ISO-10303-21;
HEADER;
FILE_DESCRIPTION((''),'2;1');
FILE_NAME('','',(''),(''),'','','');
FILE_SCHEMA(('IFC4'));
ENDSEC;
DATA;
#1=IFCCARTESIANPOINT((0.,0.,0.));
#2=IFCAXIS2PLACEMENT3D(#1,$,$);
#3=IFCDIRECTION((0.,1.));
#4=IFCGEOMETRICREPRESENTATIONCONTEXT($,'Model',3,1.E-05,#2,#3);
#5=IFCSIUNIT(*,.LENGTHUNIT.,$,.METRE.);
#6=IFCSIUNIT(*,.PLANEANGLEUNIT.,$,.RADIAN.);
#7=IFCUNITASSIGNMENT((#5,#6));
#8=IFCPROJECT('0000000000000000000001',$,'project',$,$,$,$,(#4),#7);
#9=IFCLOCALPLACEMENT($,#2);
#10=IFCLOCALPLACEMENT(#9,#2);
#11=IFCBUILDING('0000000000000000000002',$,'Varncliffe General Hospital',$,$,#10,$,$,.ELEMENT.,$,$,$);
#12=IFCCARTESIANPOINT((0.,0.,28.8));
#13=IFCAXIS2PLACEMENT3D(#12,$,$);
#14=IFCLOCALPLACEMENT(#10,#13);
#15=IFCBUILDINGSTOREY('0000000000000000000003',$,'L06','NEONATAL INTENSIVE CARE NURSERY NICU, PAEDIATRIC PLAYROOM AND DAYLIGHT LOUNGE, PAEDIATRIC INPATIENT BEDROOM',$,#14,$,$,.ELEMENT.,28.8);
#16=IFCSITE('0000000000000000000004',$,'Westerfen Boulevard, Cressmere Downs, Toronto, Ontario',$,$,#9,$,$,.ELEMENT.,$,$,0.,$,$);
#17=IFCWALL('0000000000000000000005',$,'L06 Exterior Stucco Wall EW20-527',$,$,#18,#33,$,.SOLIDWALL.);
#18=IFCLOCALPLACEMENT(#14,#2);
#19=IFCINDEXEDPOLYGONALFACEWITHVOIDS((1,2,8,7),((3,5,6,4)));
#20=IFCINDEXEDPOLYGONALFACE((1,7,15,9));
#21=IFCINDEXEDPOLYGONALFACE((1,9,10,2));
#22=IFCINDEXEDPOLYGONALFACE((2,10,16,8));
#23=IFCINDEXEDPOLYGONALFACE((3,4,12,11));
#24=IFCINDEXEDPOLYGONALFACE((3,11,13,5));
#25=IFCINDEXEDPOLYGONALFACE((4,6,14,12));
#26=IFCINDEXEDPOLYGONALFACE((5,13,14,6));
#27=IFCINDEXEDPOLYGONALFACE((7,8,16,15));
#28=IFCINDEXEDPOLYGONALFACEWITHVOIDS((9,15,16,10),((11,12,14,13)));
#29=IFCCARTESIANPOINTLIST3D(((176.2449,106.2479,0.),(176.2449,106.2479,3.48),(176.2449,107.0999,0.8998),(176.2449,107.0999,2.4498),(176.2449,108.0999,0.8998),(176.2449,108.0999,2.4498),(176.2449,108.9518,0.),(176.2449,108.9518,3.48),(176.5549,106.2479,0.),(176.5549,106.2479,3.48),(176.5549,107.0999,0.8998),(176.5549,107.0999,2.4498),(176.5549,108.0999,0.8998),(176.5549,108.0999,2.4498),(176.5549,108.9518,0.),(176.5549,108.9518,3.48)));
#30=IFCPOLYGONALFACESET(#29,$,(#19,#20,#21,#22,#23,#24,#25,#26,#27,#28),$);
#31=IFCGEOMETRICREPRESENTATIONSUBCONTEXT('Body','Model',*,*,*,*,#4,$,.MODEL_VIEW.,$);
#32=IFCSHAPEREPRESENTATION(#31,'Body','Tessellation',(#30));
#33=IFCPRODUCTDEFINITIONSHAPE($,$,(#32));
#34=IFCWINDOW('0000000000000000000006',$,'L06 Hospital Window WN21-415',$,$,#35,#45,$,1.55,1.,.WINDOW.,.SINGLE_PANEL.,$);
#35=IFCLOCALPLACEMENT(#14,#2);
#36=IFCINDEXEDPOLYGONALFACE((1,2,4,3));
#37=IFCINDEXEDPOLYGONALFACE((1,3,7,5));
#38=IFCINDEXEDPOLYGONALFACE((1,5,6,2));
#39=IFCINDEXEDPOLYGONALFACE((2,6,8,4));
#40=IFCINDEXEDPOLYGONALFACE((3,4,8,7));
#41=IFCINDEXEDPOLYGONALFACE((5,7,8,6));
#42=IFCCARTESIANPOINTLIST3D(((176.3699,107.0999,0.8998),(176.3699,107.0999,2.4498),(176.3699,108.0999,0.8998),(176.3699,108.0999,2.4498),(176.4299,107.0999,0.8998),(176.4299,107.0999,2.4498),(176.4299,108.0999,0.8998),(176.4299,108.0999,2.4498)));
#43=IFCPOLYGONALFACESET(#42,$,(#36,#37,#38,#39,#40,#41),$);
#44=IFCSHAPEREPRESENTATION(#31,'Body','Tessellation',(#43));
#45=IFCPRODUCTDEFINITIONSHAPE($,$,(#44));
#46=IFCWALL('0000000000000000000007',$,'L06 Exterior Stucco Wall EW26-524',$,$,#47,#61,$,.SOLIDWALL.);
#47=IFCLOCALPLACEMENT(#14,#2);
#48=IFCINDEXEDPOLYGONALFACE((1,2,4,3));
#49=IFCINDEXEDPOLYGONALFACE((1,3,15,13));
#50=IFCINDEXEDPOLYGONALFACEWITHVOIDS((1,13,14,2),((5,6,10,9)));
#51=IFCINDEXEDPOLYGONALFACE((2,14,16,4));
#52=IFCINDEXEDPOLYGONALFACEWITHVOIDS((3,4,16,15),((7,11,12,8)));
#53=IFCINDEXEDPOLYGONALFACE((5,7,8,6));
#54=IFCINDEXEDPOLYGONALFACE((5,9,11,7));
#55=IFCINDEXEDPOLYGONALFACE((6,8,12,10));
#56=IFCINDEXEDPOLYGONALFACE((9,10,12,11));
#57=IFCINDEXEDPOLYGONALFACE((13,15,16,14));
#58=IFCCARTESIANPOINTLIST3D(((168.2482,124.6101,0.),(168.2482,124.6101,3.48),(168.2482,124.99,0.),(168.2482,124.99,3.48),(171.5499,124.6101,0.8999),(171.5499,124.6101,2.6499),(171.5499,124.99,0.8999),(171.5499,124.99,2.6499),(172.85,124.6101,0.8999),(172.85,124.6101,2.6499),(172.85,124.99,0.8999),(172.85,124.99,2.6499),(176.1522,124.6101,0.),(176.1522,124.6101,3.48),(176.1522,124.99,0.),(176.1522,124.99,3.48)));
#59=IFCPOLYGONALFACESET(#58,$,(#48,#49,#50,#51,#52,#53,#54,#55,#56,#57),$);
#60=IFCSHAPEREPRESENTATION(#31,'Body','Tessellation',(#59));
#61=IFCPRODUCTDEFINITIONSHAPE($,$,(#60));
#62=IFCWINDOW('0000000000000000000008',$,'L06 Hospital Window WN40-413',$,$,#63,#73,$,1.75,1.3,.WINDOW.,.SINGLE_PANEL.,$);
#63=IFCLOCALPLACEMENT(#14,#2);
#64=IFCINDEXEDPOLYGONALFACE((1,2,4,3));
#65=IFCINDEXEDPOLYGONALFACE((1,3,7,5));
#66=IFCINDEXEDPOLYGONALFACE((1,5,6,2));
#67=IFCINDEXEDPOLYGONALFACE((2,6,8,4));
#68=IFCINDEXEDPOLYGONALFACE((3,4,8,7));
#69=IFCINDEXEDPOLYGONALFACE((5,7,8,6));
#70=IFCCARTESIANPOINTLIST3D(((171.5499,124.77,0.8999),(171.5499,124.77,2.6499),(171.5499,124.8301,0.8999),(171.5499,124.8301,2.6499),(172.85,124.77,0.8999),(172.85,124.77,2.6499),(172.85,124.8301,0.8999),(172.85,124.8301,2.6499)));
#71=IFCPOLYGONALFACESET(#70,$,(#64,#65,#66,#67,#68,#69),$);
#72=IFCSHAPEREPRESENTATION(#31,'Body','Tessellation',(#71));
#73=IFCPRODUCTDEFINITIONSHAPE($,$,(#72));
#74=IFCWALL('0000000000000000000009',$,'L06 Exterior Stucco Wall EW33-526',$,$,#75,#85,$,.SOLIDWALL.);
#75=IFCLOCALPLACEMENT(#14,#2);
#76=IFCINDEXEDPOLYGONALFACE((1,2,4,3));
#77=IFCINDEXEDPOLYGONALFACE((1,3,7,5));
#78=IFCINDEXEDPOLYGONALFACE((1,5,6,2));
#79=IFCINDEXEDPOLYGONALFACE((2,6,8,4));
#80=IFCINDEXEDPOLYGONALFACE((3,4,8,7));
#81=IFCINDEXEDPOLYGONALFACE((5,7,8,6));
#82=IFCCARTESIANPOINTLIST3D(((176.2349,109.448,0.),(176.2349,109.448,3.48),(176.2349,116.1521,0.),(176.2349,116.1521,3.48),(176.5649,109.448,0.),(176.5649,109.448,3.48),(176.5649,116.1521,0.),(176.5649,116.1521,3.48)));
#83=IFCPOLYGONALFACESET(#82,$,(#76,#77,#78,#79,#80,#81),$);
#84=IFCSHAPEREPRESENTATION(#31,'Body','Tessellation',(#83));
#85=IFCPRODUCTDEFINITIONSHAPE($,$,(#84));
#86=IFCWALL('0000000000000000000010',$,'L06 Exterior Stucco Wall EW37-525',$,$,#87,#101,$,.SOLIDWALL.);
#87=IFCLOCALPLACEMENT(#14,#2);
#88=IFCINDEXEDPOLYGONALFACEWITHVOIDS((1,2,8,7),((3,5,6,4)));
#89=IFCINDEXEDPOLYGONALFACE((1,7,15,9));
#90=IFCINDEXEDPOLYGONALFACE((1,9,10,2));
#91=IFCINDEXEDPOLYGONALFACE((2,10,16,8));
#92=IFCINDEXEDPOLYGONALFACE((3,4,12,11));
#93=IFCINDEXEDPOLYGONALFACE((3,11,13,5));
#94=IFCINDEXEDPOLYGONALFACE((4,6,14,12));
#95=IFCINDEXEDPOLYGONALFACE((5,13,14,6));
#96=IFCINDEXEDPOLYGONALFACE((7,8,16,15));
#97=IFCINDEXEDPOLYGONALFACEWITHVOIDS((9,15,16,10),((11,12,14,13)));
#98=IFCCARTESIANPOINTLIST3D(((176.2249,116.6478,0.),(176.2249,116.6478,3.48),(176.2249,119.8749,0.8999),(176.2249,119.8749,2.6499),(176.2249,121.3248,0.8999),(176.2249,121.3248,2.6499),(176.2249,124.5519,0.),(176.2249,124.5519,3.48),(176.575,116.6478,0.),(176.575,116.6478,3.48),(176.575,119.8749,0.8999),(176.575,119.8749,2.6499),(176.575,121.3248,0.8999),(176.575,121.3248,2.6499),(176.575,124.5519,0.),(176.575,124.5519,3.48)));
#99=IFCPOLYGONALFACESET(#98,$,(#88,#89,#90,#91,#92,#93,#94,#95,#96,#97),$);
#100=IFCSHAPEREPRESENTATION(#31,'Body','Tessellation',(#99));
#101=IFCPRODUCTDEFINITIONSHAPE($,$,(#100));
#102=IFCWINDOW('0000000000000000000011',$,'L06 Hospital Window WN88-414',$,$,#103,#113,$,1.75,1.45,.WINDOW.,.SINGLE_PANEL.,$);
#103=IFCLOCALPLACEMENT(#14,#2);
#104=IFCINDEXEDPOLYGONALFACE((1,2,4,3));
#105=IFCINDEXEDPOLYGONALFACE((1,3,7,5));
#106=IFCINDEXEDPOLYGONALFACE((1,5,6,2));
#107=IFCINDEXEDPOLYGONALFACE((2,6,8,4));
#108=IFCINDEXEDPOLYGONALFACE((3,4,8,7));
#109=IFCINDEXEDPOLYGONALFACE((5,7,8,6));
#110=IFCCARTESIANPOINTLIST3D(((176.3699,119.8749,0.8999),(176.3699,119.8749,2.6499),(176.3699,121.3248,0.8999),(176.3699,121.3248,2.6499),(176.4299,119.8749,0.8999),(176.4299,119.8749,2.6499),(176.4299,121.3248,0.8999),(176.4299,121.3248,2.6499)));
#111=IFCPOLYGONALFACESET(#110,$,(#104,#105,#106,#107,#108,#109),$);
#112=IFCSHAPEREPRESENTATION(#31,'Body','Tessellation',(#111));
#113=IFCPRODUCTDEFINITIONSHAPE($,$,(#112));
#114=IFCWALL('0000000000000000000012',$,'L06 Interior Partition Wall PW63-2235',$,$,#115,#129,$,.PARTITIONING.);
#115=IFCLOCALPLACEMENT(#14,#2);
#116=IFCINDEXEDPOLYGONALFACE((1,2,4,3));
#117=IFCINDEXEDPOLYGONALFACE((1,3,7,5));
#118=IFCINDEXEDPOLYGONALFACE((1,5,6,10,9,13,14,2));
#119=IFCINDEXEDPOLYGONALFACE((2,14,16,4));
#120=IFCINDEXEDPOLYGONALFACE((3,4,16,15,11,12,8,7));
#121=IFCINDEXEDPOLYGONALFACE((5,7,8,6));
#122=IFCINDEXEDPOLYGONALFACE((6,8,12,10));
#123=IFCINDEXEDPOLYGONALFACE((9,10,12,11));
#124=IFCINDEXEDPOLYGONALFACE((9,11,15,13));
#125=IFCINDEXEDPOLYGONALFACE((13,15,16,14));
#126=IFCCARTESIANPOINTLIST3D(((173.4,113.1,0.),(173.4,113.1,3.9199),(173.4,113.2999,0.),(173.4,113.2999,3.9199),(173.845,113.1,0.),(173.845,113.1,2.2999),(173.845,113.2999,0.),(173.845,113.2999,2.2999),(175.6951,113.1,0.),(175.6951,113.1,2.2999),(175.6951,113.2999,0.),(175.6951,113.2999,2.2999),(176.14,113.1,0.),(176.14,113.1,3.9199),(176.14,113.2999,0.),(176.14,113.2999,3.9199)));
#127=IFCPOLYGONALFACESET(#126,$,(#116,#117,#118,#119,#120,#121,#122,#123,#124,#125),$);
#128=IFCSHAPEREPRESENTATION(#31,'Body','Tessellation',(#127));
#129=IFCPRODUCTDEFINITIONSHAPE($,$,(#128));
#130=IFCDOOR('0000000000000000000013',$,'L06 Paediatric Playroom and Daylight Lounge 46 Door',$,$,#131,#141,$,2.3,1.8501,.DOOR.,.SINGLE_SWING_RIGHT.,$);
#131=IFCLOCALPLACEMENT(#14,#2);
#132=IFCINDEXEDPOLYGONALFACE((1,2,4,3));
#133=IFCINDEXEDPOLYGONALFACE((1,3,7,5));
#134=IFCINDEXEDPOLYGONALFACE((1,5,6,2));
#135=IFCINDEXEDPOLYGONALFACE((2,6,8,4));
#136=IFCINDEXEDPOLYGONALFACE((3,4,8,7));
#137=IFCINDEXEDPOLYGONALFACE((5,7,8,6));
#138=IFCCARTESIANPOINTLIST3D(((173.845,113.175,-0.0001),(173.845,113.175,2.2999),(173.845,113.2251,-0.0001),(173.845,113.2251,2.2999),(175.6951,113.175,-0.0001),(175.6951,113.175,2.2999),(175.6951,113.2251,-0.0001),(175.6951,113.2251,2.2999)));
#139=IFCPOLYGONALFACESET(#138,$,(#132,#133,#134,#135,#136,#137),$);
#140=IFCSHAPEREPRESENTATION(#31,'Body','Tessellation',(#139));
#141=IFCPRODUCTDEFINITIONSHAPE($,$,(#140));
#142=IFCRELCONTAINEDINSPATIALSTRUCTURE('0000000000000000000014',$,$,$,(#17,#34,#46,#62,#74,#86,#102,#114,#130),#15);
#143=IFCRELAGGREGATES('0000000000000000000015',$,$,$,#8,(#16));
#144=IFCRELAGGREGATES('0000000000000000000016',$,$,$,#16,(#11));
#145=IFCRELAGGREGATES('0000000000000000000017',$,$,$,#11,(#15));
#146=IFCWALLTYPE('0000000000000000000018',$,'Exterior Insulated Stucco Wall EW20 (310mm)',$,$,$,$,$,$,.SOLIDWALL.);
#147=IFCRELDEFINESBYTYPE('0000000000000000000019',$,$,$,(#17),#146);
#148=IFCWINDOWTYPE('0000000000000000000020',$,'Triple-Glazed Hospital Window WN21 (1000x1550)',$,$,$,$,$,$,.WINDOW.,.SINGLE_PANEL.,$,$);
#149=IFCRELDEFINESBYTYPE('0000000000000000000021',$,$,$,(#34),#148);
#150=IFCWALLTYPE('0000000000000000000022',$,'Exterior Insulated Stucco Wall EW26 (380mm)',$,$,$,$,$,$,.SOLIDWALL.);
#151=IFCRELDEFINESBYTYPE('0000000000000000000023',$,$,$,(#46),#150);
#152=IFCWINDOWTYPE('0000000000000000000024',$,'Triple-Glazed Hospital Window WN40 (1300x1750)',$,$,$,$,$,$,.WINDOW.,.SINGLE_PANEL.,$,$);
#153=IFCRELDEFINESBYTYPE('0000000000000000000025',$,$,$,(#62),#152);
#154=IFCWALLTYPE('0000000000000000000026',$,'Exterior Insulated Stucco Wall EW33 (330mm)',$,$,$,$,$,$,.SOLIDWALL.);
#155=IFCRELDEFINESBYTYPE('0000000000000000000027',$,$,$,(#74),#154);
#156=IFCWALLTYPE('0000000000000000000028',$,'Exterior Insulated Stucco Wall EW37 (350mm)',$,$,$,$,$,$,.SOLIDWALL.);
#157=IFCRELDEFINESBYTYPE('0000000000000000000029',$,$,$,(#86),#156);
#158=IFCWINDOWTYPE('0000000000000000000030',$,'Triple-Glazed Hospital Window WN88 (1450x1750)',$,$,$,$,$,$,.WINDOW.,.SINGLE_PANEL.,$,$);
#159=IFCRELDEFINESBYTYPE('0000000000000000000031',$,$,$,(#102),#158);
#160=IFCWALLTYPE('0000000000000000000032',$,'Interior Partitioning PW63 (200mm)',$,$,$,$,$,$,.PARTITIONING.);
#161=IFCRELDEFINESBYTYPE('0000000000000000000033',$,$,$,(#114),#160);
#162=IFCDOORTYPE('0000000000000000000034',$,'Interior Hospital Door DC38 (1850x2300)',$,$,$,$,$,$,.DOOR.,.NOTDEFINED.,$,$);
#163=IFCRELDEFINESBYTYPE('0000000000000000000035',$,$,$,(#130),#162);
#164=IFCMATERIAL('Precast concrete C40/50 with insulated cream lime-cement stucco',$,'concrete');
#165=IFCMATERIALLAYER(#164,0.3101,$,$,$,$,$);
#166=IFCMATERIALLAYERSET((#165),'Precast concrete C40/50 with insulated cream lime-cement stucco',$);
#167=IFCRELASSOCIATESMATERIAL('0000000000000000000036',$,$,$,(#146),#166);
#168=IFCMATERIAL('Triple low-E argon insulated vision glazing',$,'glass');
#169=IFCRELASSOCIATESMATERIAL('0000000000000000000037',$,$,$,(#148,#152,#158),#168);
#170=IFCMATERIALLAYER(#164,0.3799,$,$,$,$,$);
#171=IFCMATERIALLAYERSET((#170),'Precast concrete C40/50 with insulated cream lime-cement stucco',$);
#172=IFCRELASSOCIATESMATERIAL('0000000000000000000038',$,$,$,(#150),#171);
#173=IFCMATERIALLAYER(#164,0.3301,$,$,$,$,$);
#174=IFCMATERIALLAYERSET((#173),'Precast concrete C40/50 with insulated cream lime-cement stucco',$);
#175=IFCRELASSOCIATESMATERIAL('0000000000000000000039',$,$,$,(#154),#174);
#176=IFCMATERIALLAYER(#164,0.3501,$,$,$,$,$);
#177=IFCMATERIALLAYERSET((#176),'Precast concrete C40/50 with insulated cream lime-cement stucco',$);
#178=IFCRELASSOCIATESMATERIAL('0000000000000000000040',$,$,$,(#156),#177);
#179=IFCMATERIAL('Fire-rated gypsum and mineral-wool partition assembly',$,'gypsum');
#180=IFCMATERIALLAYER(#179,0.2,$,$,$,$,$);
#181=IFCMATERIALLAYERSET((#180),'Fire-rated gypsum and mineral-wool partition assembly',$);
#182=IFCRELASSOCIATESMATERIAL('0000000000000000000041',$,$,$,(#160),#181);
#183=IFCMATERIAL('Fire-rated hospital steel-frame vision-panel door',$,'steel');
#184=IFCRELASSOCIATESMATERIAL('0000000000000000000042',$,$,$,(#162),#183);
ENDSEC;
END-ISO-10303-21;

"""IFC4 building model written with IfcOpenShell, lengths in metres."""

from ifc_helpers import new_model, si_unit, direction, frame, frame_2d, origin, place, context, subcontext, project, spatial, rectangle, extrude, material, layer, layer_set, type_object, element, fill, save


model = new_model("IFC4")

# Units and contexts
model_context = context("Model", 3, precision=1e-05, world=origin(), true_north=direction((0.0, 1.0)))
body_context = subcontext(model_context, "Body", "Model", "MODEL_VIEW")
ifc_project = project(units=[si_unit("LENGTHUNIT", "METRE"), si_unit("PLANEANGLEUNIT", "RADIAN")], contexts=[model_context])

# Site, building, storey
site_placement = place(None, origin())
site = spatial("IfcSite", under=ifc_project, at=site_placement, Name="Westerfen Boulevard, Cressmere Downs, Toronto, Ontario", CompositionType="ELEMENT", RefElevation=0.0)
building_placement = place(site_placement, origin())
building = spatial("IfcBuilding", under=site, at=building_placement, Name="Varncliffe General Hospital", CompositionType="ELEMENT")
storey_placement = place(building_placement, frame((0.0, 0.0, 28.8)))
storey = spatial("IfcBuildingStorey", under=building, at=storey_placement, Name="L06", Description="NEONATAL INTENSIVE CARE NURSERY NICU, PAEDIATRIC PLAYROOM AND DAYLIGHT LOUNGE, PAEDIATRIC INPATIENT BEDROOM", CompositionType="ELEMENT", Elevation=28.8)

# Walls, openings, windows
ifc_material_1 = material(Name="Precast concrete C40/50 with insulated cream lime-cement stucco", Category="concrete")
ifc_layer_1 = layer(ifc_material_1, 0.3101)
ifc_layer_set_1 = layer_set([ifc_layer_1], Name="Precast concrete C40/50 with insulated cream lime-cement stucco")
wall_type_1 = type_object("IfcWallType", Name="Exterior Insulated Stucco Wall EW20 (310mm)", PredefinedType="SOLIDWALL", material=ifc_layer_set_1)
wall_1_placement = place(storey_placement, frame((176.3999, 108.9519, 0.0), z_axis=(0.0, 0.0, 1.0), x_axis=(0.0, -1.0, 0.0)))
wall_1 = element("IfcWall", 1, at=wall_1_placement, inside=storey, type_object=wall_type_1, Name="L06 Exterior Stucco Wall EW20-527", PredefinedType="SOLIDWALL", context=body_context, shape_type="SweptSolid", body=[
    extrude(rectangle(XDim=2.7039, YDim=0.3101, at=frame_2d((1.3521, 0.0))), origin(), (0.0, 0.0, 1.0), 3.48),
])
opening_1_placement = place(wall_1_placement, frame((0.8521, 0.0, 0.8999)))
opening_1 = element("IfcOpeningElement", 2, at=opening_1_placement, cuts=wall_1, PredefinedType="OPENING", context=body_context, shape_type="SweptSolid", body=[
    extrude(rectangle(XDim=1.0, YDim=1.55, at=frame_2d((0.5, 0.7749))), frame((0.0, 0.165, 0.0), z_axis=(0.0, -1.0, 0.0), x_axis=(1.0, 0.0, 0.0)), (0.0, 0.0, 1.0), 0.3301),
])
ifc_material_2 = material(Name="Triple low-E argon insulated vision glazing", Category="glass")
window_type_1 = type_object("IfcWindowType", Name="Triple-Glazed Hospital Window WN21 (1000x1550)", PartitioningType="SINGLE_PANEL", PredefinedType="WINDOW", material=ifc_material_2)
window_1_placement = place(opening_1_placement, origin())
window_1 = element("IfcWindow", 3, at=window_1_placement, inside=storey, type_object=window_type_1, Name="L06 Hospital Window WN21-415", OverallHeight=1.55, OverallWidth=1.0, PartitioningType="SINGLE_PANEL", PredefinedType="WINDOW", context=body_context, shape_type="SweptSolid", body=[
    extrude(rectangle(XDim=1.0, YDim=1.55, at=frame_2d((0.5, 0.7749))), frame((0.0, 0.03, 0.0), z_axis=(0.0, -1.0, 0.0), x_axis=(1.0, 0.0, 0.0)), (0.0, 0.0, 1.0), 0.0601),
])
fill(opening_1, window_1)
ifc_layer_2 = layer(ifc_material_1, 0.3799)
ifc_layer_set_2 = layer_set([ifc_layer_2], Name="Precast concrete C40/50 with insulated cream lime-cement stucco")
wall_type_2 = type_object("IfcWallType", Name="Exterior Insulated Stucco Wall EW26 (380mm)", PredefinedType="SOLIDWALL", material=ifc_layer_set_2)
wall_2_placement = place(storey_placement, frame((168.248, 124.8, 0.0), z_axis=(0.0, 0.0, 1.0), x_axis=(1.0, 0.0, 0.0)))
wall_2 = element("IfcWall", 4, at=wall_2_placement, inside=storey, type_object=wall_type_2, Name="L06 Exterior Stucco Wall EW26-524", PredefinedType="SOLIDWALL", context=body_context, shape_type="SweptSolid", body=[
    extrude(rectangle(XDim=7.9041, YDim=0.3799, at=frame_2d((3.9521, 0.0))), origin(), (0.0, 0.0, 1.0), 3.48),
])
opening_2_placement = place(wall_2_placement, frame((3.302, 0.0, 0.8999)))
opening_2 = element("IfcOpeningElement", 5, at=opening_2_placement, cuts=wall_2, PredefinedType="OPENING", context=body_context, shape_type="SweptSolid", body=[
    extrude(rectangle(XDim=1.3, YDim=1.75, at=frame_2d((0.6499, 0.875))), frame((0.0, 0.2, 0.0), z_axis=(0.0, -1.0, 0.0), x_axis=(1.0, 0.0, 0.0)), (0.0, 0.0, 1.0), 0.3999),
])
window_type_2 = type_object("IfcWindowType", Name="Triple-Glazed Hospital Window WN40 (1300x1750)", PartitioningType="SINGLE_PANEL", PredefinedType="WINDOW", material=ifc_material_2)
window_2_placement = place(opening_2_placement, origin())
window_2 = element("IfcWindow", 6, at=window_2_placement, inside=storey, type_object=window_type_2, Name="L06 Hospital Window WN40-413", OverallHeight=1.75, OverallWidth=1.3, PartitioningType="SINGLE_PANEL", PredefinedType="WINDOW", context=body_context, shape_type="SweptSolid", body=[
    extrude(rectangle(XDim=1.3, YDim=1.75, at=frame_2d((0.6499, 0.875))), frame((0.0, 0.03, 0.0), z_axis=(0.0, -1.0, 0.0), x_axis=(1.0, 0.0, 0.0)), (0.0, 0.0, 1.0), 0.0601),
])
fill(opening_2, window_2)

# Wall
ifc_layer_3 = layer(ifc_material_1, 0.3301)
ifc_layer_set_3 = layer_set([ifc_layer_3], Name="Precast concrete C40/50 with insulated cream lime-cement stucco")
wall_type_3 = type_object("IfcWallType", Name="Exterior Insulated Stucco Wall EW33 (330mm)", PredefinedType="SOLIDWALL", material=ifc_layer_set_3)
wall_3_placement = place(storey_placement, frame((176.3999, 116.1521, 0.0), z_axis=(0.0, 0.0, 1.0), x_axis=(0.0, -1.0, 0.0)))
element("IfcWall", 7, at=wall_3_placement, inside=storey, type_object=wall_type_3, Name="L06 Exterior Stucco Wall EW33-526", PredefinedType="SOLIDWALL", context=body_context, shape_type="SweptSolid", body=[
    extrude(rectangle(XDim=6.7041, YDim=0.3301, at=frame_2d((3.3521, 0.0))), origin(), (0.0, 0.0, 1.0), 3.48),
])

# Wall, opening, window
ifc_layer_4 = layer(ifc_material_1, 0.3501)
ifc_layer_set_4 = layer_set([ifc_layer_4], Name="Precast concrete C40/50 with insulated cream lime-cement stucco")
wall_type_4 = type_object("IfcWallType", Name="Exterior Insulated Stucco Wall EW37 (350mm)", PredefinedType="SOLIDWALL", material=ifc_layer_set_4)
wall_4_placement = place(storey_placement, frame((176.3999, 124.552, 0.0), z_axis=(0.0, 0.0, 1.0), x_axis=(0.0, -1.0, 0.0)))
wall_4 = element("IfcWall", 8, at=wall_4_placement, inside=storey, type_object=wall_type_4, Name="L06 Exterior Stucco Wall EW37-525", PredefinedType="SOLIDWALL", context=body_context, shape_type="SweptSolid", body=[
    extrude(rectangle(XDim=7.9041, YDim=0.3501, at=frame_2d((3.9521, 0.0))), origin(), (0.0, 0.0, 1.0), 3.48),
])
opening_3_placement = place(wall_4_placement, frame((3.2271, 0.0, 0.8999)))
opening_3 = element("IfcOpeningElement", 9, at=opening_3_placement, cuts=wall_4, PredefinedType="OPENING", context=body_context, shape_type="SweptSolid", body=[
    extrude(rectangle(XDim=1.45, YDim=1.75, at=frame_2d((0.7251, 0.875))), frame((0.0, 0.1851, 0.0), z_axis=(0.0, -1.0, 0.0), x_axis=(1.0, 0.0, 0.0)), (0.0, 0.0, 1.0), 0.3701),
])
window_type_3 = type_object("IfcWindowType", Name="Triple-Glazed Hospital Window WN88 (1450x1750)", PartitioningType="SINGLE_PANEL", PredefinedType="WINDOW", material=ifc_material_2)
window_3_placement = place(opening_3_placement, origin())
window_3 = element("IfcWindow", 10, at=window_3_placement, inside=storey, type_object=window_type_3, Name="L06 Hospital Window WN88-414", OverallHeight=1.75, OverallWidth=1.45, PartitioningType="SINGLE_PANEL", PredefinedType="WINDOW", context=body_context, shape_type="SweptSolid", body=[
    extrude(rectangle(XDim=1.45, YDim=1.75, at=frame_2d((0.7251, 0.875))), frame((0.0, 0.03, 0.0), z_axis=(0.0, -1.0, 0.0), x_axis=(1.0, 0.0, 0.0)), (0.0, 0.0, 1.0), 0.0601),
])
fill(opening_3, window_3)

# Wall, opening, door
ifc_material_3 = material(Name="Fire-rated gypsum and mineral-wool partition assembly", Category="gypsum")
ifc_layer_5 = layer(ifc_material_3, 0.2)
ifc_layer_set_5 = layer_set([ifc_layer_5], Name="Fire-rated gypsum and mineral-wool partition assembly")
wall_type_5 = type_object("IfcWallType", Name="Interior Partitioning PW63 (200mm)", PredefinedType="PARTITIONING", material=ifc_layer_set_5)
wall_5_placement = place(storey_placement, frame((173.3999, 113.2, 0.0), z_axis=(0.0, 0.0, 1.0), x_axis=(1.0, 0.0, 0.0)))
wall_5 = element("IfcWall", 11, at=wall_5_placement, inside=storey, type_object=wall_type_5, Name="L06 Interior Partition Wall PW63-2235", PredefinedType="PARTITIONING", context=body_context, shape_type="SweptSolid", body=[
    extrude(rectangle(XDim=2.74, YDim=0.2, at=frame_2d((1.3701, 0.0))), origin(), (0.0, 0.0, 1.0), 3.9199),
])
opening_4_placement = place(wall_5_placement, frame((0.4451, 0.0, 0.0)))
opening_4 = element("IfcOpeningElement", 12, at=opening_4_placement, cuts=wall_5, PredefinedType="OPENING", context=body_context, shape_type="SweptSolid", body=[
    extrude(rectangle(XDim=1.8501, YDim=2.3, at=frame_2d((0.925, 1.1499))), frame((0.0, 0.1099, 0.0), z_axis=(0.0, -1.0, 0.0), x_axis=(1.0, 0.0, 0.0)), (0.0, 0.0, 1.0), 0.22),
])
ifc_material_4 = material(Name="Fire-rated hospital steel-frame vision-panel door", Category="steel")
door_type_1 = type_object("IfcDoorType", Name="Interior Hospital Door DC38 (1850x2300)", OperationType="NOTDEFINED", PredefinedType="DOOR", material=ifc_material_4)
door_1_placement = place(opening_4_placement, frame((1.8501, 0.0, 0.0), z_axis=(0.0, 0.0, 1.0), x_axis=(-1.0, 0.0, 0.0)))
door_1 = element("IfcDoor", 13, at=door_1_placement, inside=storey, type_object=door_type_1, Name="L06 Paediatric Playroom and Daylight Lounge 46 Door", OperationType="SINGLE_SWING_RIGHT", OverallHeight=2.3, OverallWidth=1.8501, PredefinedType="DOOR", context=body_context, shape_type="SweptSolid", body=[
    extrude(rectangle(XDim=1.8501, YDim=2.3, at=frame_2d((0.925, 1.1499))), frame((0.0, 0.0249, 0.0), z_axis=(0.0, -1.0, 0.0), x_axis=(1.0, 0.0, 0.0)), (0.0, 0.0, 1.0), 0.05),
])
fill(opening_4, door_1)

save(model, "model.ifc")
